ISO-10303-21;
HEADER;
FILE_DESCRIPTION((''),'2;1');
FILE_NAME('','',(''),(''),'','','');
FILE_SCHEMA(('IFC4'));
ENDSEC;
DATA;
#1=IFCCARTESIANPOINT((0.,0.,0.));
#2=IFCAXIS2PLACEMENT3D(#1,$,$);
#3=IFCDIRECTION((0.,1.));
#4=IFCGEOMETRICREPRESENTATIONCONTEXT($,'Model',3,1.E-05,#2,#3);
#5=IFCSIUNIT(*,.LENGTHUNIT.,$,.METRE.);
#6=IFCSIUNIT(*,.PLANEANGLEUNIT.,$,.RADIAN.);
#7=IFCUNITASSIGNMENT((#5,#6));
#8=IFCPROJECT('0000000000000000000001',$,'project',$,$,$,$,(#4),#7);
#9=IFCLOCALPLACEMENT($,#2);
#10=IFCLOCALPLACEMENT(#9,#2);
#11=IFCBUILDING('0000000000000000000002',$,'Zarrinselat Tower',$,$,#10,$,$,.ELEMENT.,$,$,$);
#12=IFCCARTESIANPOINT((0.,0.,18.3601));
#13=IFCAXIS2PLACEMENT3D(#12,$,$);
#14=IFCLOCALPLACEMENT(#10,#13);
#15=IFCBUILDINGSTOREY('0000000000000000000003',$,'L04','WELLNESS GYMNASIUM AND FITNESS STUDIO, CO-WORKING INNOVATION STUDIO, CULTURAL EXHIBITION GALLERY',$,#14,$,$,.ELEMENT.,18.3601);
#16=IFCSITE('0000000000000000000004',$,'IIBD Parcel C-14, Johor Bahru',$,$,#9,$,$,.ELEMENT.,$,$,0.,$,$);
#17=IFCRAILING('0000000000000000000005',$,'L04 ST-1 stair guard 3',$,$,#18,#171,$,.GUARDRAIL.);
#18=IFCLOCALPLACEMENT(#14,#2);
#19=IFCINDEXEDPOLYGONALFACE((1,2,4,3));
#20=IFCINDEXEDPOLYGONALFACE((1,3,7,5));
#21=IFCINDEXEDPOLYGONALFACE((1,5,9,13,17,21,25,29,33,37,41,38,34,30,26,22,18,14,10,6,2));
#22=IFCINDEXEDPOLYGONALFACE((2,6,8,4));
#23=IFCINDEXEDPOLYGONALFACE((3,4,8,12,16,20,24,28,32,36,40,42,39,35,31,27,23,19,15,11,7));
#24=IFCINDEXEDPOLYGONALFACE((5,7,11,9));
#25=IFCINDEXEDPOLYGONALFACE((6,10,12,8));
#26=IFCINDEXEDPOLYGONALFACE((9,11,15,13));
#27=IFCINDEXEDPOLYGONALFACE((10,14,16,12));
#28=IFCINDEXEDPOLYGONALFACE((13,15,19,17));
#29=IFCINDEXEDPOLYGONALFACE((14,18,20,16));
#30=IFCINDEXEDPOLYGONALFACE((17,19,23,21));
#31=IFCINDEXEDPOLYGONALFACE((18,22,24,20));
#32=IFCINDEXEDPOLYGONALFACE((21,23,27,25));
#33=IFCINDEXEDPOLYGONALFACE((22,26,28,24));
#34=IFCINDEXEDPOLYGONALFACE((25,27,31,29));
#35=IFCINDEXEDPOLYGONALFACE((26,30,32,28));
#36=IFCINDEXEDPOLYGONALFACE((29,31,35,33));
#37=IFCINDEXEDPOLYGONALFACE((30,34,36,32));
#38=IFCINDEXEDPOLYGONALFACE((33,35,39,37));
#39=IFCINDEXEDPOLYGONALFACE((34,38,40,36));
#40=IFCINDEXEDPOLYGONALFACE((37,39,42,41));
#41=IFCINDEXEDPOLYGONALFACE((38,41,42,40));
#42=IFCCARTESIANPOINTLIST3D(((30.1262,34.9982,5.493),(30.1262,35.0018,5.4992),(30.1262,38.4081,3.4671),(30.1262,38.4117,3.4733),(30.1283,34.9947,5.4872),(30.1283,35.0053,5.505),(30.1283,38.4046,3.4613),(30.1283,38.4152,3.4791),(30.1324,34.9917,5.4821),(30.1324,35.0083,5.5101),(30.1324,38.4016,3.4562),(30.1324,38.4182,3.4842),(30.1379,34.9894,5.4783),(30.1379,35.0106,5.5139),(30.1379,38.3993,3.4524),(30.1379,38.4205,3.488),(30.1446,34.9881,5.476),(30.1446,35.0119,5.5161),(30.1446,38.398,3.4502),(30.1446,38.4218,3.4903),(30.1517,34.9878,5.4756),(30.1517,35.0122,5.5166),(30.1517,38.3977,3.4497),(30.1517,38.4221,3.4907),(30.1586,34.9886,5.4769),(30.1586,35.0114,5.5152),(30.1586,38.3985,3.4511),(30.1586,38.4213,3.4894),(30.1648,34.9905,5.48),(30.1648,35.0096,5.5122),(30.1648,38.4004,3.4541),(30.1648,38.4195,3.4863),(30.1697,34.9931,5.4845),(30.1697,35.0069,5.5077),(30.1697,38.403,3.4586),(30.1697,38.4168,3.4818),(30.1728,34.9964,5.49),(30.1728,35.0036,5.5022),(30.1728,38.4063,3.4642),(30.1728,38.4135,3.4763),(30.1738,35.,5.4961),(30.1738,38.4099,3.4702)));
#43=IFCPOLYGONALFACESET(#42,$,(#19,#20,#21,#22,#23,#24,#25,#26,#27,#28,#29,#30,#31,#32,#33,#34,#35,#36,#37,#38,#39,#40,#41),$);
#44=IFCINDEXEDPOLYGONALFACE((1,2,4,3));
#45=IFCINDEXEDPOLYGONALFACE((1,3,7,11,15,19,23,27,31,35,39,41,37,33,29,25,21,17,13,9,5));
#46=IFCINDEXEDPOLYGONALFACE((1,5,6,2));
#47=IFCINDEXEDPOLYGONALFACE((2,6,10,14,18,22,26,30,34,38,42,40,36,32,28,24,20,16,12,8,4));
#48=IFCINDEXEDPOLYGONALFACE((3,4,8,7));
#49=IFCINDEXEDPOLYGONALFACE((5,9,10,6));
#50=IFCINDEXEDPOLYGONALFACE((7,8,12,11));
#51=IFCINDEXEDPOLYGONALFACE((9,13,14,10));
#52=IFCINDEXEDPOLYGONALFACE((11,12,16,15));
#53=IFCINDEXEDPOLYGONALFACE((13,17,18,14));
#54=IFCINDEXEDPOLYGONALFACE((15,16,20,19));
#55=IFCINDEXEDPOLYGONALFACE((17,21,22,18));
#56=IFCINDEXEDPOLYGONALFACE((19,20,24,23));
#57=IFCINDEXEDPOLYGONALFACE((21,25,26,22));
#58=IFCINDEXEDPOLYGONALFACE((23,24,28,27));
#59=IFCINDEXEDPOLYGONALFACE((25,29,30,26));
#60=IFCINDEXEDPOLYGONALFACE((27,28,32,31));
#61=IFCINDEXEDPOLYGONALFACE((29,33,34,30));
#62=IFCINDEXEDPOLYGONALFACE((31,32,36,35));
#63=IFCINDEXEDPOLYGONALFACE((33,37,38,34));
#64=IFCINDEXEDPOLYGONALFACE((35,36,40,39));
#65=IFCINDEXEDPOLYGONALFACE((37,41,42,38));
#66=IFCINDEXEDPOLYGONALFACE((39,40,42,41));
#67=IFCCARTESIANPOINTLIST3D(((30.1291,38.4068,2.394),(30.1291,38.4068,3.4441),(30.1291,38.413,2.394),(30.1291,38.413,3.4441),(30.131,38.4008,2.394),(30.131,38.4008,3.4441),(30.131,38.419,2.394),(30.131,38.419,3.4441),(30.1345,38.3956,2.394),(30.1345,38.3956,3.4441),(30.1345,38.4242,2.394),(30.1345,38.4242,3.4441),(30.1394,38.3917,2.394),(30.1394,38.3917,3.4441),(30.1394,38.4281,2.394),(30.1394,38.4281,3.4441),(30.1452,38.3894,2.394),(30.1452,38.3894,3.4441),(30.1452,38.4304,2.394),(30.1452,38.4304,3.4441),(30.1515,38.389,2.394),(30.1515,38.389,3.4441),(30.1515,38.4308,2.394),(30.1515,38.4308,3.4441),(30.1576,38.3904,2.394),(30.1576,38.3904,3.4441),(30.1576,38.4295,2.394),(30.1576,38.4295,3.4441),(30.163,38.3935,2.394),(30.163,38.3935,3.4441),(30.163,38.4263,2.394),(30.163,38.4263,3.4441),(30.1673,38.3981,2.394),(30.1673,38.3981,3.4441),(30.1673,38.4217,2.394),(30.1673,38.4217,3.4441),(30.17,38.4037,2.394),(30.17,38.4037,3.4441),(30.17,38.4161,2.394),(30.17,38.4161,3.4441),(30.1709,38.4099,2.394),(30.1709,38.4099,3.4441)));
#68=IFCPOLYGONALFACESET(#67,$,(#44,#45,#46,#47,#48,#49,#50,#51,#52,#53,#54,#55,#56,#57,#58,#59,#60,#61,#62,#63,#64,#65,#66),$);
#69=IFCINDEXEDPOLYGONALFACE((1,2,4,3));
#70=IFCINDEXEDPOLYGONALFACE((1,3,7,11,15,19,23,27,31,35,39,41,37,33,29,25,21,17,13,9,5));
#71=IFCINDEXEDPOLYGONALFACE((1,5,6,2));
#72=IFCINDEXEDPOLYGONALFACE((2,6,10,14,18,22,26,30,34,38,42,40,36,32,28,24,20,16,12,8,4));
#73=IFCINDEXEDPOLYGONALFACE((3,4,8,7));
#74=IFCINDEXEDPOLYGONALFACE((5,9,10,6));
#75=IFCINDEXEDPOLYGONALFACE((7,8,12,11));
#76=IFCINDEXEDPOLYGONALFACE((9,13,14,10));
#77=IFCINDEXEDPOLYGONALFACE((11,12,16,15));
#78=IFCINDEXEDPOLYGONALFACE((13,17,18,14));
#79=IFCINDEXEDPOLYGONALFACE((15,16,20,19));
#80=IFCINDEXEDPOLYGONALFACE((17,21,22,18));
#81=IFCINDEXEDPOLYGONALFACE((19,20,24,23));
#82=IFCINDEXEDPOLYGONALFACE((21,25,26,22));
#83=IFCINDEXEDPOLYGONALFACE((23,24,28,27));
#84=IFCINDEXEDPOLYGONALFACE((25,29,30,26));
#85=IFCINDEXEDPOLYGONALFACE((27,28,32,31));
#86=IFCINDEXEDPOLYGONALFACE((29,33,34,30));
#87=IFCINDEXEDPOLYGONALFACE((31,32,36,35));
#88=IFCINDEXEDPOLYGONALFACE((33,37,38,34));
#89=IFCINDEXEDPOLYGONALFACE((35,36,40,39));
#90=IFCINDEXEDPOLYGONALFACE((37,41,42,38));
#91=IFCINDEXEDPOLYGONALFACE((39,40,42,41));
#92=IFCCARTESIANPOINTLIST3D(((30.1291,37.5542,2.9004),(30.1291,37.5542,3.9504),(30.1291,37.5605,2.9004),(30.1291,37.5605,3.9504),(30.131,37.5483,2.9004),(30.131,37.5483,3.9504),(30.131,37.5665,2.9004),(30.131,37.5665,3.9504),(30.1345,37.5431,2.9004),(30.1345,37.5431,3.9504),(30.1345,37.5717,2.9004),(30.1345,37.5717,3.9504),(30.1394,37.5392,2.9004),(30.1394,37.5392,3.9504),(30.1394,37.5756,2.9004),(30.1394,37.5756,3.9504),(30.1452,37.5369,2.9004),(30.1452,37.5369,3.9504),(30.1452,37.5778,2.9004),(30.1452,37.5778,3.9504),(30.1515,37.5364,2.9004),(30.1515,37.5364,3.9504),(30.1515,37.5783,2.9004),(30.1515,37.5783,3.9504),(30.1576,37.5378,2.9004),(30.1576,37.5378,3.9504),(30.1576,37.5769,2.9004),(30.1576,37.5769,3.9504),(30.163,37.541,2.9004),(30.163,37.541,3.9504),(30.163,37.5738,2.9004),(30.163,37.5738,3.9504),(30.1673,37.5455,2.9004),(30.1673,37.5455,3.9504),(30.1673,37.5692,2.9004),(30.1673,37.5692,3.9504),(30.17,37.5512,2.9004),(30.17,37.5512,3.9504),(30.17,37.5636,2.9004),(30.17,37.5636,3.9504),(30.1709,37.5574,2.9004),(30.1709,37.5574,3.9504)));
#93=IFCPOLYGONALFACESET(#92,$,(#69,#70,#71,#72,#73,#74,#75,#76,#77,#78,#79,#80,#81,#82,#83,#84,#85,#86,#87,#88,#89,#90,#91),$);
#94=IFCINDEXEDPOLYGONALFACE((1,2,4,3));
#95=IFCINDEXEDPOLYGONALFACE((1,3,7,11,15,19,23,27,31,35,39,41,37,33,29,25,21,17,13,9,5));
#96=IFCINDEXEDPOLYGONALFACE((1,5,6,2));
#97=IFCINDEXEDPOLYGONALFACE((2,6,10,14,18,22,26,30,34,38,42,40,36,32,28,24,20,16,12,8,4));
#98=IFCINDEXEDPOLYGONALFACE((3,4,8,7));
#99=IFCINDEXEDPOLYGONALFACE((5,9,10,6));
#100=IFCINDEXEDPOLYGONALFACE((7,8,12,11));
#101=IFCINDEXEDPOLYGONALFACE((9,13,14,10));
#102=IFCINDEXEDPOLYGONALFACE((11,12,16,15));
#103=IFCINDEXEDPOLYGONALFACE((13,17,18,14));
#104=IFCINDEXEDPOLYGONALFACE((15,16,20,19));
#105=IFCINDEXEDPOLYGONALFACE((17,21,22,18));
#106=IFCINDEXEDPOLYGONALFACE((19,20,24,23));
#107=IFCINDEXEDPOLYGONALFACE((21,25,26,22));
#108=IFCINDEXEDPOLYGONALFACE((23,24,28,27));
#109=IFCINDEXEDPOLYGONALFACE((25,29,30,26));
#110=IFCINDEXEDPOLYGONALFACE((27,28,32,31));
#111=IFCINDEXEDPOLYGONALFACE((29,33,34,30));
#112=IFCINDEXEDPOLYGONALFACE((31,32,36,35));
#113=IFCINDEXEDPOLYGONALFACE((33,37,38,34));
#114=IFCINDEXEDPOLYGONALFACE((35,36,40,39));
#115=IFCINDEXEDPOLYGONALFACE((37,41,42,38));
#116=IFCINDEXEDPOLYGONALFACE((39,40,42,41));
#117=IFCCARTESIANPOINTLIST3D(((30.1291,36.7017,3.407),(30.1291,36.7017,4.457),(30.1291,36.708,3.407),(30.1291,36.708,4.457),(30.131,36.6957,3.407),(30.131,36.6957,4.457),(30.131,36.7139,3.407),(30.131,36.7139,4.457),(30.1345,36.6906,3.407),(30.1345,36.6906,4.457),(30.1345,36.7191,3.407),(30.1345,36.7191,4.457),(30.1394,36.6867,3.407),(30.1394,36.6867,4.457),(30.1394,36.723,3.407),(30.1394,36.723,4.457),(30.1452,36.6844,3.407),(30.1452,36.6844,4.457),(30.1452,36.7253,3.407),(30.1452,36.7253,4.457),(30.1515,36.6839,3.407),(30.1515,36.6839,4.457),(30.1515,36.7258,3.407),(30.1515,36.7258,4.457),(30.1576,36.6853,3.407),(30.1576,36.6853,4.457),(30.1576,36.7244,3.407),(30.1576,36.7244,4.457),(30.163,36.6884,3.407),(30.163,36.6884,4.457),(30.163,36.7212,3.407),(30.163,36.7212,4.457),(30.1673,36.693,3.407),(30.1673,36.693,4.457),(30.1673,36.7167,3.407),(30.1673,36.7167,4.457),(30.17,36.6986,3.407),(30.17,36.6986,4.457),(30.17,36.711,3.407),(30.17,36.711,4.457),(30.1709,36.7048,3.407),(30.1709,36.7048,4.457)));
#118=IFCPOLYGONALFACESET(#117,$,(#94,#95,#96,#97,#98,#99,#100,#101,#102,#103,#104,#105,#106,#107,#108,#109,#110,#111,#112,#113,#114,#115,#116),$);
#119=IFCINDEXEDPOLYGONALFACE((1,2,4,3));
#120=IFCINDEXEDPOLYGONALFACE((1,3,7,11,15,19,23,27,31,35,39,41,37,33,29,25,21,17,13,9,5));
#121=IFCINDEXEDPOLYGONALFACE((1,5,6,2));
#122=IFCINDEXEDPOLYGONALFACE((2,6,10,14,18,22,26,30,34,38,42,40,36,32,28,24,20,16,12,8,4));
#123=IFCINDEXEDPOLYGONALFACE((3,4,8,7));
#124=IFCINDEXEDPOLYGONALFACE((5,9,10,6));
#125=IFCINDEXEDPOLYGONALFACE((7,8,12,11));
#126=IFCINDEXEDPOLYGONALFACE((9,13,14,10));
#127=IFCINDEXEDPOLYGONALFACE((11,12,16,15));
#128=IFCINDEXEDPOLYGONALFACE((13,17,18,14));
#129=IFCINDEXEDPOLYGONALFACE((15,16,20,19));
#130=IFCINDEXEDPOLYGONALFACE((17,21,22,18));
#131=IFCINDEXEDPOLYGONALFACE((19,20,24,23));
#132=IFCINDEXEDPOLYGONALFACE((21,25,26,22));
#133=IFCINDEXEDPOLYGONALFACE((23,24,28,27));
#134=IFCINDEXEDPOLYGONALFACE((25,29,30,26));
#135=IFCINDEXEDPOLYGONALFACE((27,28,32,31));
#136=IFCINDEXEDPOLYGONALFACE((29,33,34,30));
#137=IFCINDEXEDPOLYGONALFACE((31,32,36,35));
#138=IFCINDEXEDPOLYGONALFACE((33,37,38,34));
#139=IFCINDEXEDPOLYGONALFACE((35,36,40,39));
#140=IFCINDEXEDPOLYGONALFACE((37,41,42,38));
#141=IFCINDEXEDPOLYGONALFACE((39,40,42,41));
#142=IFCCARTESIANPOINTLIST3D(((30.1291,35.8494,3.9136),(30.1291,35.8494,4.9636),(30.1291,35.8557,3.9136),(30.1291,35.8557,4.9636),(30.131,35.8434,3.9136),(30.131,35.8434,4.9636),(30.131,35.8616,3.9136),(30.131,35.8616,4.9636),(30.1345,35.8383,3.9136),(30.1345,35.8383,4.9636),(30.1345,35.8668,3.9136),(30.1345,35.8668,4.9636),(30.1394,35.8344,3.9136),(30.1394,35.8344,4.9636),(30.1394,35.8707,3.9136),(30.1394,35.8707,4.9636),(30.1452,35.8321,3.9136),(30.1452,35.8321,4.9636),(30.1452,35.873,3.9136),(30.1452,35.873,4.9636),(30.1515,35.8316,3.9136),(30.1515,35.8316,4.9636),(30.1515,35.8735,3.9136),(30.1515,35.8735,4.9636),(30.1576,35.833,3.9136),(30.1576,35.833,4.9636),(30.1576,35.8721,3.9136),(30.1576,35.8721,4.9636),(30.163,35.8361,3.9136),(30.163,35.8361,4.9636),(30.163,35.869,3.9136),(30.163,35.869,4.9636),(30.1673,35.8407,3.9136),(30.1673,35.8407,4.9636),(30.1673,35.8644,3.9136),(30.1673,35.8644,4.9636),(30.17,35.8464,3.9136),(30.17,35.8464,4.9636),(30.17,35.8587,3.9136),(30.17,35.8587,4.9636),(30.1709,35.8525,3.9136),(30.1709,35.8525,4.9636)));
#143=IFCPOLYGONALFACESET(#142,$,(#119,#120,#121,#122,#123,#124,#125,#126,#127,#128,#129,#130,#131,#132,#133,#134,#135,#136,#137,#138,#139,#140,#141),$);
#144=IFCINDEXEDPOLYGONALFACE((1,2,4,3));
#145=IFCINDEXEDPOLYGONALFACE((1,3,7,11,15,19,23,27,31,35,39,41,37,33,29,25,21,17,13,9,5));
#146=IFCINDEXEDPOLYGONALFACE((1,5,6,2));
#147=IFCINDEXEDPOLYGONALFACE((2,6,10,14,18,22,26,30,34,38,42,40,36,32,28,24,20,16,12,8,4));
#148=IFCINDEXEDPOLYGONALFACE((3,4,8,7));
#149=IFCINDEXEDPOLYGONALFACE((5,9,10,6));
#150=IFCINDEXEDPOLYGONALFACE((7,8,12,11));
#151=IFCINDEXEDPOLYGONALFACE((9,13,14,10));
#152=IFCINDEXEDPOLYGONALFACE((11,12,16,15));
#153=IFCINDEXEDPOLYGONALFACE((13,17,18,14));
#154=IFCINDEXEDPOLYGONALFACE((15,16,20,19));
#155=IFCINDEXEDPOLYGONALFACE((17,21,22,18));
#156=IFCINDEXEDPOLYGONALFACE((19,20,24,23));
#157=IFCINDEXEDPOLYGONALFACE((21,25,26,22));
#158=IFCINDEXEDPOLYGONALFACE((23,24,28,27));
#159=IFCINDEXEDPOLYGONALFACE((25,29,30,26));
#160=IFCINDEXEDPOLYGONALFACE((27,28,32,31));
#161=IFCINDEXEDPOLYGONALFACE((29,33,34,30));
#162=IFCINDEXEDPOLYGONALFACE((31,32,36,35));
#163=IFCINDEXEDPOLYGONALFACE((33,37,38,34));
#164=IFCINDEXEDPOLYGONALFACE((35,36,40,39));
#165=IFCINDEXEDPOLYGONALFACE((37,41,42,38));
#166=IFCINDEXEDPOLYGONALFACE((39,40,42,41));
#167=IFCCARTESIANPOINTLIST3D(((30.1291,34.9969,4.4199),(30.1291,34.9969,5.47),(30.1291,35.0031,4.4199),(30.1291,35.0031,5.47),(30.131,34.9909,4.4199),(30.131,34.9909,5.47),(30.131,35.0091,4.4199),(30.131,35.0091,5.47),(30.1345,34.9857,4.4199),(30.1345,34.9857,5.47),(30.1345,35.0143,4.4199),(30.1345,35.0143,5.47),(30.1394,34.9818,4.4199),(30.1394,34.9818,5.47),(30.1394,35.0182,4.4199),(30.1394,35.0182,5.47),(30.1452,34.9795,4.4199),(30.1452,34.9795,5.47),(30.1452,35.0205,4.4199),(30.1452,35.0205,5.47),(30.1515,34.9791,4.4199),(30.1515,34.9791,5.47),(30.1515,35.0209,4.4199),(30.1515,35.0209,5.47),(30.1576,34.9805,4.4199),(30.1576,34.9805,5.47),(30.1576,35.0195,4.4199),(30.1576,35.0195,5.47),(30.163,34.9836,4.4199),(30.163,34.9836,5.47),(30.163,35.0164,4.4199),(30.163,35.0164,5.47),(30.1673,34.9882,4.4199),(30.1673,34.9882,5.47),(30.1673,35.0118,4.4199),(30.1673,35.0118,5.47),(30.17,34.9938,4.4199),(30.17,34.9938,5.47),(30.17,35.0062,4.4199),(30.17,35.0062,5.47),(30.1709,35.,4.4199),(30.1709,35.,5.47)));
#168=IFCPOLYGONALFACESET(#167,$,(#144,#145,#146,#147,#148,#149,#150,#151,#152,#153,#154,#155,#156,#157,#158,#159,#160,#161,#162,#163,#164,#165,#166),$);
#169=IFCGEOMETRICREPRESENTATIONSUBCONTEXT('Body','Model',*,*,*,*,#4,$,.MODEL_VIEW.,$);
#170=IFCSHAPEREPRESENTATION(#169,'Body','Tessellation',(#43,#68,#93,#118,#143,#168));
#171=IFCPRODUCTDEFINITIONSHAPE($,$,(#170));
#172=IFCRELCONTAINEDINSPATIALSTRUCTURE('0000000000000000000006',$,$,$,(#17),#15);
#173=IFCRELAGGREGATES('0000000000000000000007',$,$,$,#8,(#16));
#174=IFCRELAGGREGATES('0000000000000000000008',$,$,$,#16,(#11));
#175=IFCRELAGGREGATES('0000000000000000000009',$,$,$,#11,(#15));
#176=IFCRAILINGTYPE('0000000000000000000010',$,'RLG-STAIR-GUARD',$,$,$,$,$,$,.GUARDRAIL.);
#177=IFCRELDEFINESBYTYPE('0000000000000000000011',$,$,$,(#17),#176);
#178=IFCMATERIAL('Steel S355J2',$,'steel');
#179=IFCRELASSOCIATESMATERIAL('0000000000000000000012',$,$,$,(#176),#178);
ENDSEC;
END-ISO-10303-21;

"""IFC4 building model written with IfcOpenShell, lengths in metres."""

from ifc_helpers import new_model, si_unit, direction, frame, origin, origin_2d, place, context, subcontext, project, spatial, circle, extrude, material, type_object, element, save


model = new_model("IFC4")

# Units and contexts
model_context = context("Model", 3, precision=1e-05, world=origin(), true_north=direction((0.0, 1.0)))
body_context = subcontext(model_context, "Body", "Model", "MODEL_VIEW")
ifc_project = project(units=[si_unit("LENGTHUNIT", "METRE"), si_unit("PLANEANGLEUNIT", "RADIAN")], contexts=[model_context])

# Site, building, storey
site_placement = place(None, origin())
site = spatial("IfcSite", under=ifc_project, at=site_placement, Name="IIBD Parcel C-14, Johor Bahru", CompositionType="ELEMENT", RefElevation=0.0)
building_placement = place(site_placement, origin())
building = spatial("IfcBuilding", under=site, at=building_placement, Name="Zarrinselat Tower", CompositionType="ELEMENT")
storey_placement = place(building_placement, frame((0.0, 0.0, 18.3601)))
storey = spatial("IfcBuildingStorey", under=building, at=storey_placement, Name="L04", Description="WELLNESS GYMNASIUM AND FITNESS STUDIO, CO-WORKING INNOVATION STUDIO, CULTURAL EXHIBITION GALLERY", CompositionType="ELEMENT", Elevation=18.3601)

# Railing
ifc_material_1 = material(Name="Steel S355J2", Category="steel")
railing_type_1 = type_object("IfcRailingType", Name="RLG-STAIR-GUARD", PredefinedType="GUARDRAIL", material=ifc_material_1)
railing_1_placement = place(storey_placement, frame((30.1499, 38.4099, 2.394)))
element("IfcRailing", 1, at=railing_1_placement, inside=storey, type_object=railing_type_1, Name="L04 ST-1 stair guard 3", PredefinedType="GUARDRAIL", context=body_context, shape_type="SweptSolid", body=[
    extrude(circle(Radius=0.0239, at=origin_2d()), frame((0.0, 0.0, 1.0762), z_axis=(0.0, -0.859717, 0.510771), x_axis=(1.0, 0.0, 0.0)), (0.0, 0.0, 1.0), 3.9663),
    extrude(circle(Radius=0.021, at=origin_2d()), origin(), (0.0, 0.0, 1.0), 1.05),
    extrude(circle(Radius=0.021, at=origin_2d()), frame((0.0, -0.8525, 0.5063)), (0.0, 0.0, 1.0), 1.05),
    extrude(circle(Radius=0.021, at=origin_2d()), frame((0.0, -1.7051, 1.0129)), (0.0, 0.0, 1.0), 1.05),
    extrude(circle(Radius=0.021, at=origin_2d()), frame((0.0, -2.5574, 1.5195)), (0.0, 0.0, 1.0), 1.05),
    extrude(circle(Radius=0.021, at=origin_2d()), frame((0.0, -3.4099, 2.0259)), (0.0, 0.0, 1.0), 1.05),
])

save(model, "model.ifc")
